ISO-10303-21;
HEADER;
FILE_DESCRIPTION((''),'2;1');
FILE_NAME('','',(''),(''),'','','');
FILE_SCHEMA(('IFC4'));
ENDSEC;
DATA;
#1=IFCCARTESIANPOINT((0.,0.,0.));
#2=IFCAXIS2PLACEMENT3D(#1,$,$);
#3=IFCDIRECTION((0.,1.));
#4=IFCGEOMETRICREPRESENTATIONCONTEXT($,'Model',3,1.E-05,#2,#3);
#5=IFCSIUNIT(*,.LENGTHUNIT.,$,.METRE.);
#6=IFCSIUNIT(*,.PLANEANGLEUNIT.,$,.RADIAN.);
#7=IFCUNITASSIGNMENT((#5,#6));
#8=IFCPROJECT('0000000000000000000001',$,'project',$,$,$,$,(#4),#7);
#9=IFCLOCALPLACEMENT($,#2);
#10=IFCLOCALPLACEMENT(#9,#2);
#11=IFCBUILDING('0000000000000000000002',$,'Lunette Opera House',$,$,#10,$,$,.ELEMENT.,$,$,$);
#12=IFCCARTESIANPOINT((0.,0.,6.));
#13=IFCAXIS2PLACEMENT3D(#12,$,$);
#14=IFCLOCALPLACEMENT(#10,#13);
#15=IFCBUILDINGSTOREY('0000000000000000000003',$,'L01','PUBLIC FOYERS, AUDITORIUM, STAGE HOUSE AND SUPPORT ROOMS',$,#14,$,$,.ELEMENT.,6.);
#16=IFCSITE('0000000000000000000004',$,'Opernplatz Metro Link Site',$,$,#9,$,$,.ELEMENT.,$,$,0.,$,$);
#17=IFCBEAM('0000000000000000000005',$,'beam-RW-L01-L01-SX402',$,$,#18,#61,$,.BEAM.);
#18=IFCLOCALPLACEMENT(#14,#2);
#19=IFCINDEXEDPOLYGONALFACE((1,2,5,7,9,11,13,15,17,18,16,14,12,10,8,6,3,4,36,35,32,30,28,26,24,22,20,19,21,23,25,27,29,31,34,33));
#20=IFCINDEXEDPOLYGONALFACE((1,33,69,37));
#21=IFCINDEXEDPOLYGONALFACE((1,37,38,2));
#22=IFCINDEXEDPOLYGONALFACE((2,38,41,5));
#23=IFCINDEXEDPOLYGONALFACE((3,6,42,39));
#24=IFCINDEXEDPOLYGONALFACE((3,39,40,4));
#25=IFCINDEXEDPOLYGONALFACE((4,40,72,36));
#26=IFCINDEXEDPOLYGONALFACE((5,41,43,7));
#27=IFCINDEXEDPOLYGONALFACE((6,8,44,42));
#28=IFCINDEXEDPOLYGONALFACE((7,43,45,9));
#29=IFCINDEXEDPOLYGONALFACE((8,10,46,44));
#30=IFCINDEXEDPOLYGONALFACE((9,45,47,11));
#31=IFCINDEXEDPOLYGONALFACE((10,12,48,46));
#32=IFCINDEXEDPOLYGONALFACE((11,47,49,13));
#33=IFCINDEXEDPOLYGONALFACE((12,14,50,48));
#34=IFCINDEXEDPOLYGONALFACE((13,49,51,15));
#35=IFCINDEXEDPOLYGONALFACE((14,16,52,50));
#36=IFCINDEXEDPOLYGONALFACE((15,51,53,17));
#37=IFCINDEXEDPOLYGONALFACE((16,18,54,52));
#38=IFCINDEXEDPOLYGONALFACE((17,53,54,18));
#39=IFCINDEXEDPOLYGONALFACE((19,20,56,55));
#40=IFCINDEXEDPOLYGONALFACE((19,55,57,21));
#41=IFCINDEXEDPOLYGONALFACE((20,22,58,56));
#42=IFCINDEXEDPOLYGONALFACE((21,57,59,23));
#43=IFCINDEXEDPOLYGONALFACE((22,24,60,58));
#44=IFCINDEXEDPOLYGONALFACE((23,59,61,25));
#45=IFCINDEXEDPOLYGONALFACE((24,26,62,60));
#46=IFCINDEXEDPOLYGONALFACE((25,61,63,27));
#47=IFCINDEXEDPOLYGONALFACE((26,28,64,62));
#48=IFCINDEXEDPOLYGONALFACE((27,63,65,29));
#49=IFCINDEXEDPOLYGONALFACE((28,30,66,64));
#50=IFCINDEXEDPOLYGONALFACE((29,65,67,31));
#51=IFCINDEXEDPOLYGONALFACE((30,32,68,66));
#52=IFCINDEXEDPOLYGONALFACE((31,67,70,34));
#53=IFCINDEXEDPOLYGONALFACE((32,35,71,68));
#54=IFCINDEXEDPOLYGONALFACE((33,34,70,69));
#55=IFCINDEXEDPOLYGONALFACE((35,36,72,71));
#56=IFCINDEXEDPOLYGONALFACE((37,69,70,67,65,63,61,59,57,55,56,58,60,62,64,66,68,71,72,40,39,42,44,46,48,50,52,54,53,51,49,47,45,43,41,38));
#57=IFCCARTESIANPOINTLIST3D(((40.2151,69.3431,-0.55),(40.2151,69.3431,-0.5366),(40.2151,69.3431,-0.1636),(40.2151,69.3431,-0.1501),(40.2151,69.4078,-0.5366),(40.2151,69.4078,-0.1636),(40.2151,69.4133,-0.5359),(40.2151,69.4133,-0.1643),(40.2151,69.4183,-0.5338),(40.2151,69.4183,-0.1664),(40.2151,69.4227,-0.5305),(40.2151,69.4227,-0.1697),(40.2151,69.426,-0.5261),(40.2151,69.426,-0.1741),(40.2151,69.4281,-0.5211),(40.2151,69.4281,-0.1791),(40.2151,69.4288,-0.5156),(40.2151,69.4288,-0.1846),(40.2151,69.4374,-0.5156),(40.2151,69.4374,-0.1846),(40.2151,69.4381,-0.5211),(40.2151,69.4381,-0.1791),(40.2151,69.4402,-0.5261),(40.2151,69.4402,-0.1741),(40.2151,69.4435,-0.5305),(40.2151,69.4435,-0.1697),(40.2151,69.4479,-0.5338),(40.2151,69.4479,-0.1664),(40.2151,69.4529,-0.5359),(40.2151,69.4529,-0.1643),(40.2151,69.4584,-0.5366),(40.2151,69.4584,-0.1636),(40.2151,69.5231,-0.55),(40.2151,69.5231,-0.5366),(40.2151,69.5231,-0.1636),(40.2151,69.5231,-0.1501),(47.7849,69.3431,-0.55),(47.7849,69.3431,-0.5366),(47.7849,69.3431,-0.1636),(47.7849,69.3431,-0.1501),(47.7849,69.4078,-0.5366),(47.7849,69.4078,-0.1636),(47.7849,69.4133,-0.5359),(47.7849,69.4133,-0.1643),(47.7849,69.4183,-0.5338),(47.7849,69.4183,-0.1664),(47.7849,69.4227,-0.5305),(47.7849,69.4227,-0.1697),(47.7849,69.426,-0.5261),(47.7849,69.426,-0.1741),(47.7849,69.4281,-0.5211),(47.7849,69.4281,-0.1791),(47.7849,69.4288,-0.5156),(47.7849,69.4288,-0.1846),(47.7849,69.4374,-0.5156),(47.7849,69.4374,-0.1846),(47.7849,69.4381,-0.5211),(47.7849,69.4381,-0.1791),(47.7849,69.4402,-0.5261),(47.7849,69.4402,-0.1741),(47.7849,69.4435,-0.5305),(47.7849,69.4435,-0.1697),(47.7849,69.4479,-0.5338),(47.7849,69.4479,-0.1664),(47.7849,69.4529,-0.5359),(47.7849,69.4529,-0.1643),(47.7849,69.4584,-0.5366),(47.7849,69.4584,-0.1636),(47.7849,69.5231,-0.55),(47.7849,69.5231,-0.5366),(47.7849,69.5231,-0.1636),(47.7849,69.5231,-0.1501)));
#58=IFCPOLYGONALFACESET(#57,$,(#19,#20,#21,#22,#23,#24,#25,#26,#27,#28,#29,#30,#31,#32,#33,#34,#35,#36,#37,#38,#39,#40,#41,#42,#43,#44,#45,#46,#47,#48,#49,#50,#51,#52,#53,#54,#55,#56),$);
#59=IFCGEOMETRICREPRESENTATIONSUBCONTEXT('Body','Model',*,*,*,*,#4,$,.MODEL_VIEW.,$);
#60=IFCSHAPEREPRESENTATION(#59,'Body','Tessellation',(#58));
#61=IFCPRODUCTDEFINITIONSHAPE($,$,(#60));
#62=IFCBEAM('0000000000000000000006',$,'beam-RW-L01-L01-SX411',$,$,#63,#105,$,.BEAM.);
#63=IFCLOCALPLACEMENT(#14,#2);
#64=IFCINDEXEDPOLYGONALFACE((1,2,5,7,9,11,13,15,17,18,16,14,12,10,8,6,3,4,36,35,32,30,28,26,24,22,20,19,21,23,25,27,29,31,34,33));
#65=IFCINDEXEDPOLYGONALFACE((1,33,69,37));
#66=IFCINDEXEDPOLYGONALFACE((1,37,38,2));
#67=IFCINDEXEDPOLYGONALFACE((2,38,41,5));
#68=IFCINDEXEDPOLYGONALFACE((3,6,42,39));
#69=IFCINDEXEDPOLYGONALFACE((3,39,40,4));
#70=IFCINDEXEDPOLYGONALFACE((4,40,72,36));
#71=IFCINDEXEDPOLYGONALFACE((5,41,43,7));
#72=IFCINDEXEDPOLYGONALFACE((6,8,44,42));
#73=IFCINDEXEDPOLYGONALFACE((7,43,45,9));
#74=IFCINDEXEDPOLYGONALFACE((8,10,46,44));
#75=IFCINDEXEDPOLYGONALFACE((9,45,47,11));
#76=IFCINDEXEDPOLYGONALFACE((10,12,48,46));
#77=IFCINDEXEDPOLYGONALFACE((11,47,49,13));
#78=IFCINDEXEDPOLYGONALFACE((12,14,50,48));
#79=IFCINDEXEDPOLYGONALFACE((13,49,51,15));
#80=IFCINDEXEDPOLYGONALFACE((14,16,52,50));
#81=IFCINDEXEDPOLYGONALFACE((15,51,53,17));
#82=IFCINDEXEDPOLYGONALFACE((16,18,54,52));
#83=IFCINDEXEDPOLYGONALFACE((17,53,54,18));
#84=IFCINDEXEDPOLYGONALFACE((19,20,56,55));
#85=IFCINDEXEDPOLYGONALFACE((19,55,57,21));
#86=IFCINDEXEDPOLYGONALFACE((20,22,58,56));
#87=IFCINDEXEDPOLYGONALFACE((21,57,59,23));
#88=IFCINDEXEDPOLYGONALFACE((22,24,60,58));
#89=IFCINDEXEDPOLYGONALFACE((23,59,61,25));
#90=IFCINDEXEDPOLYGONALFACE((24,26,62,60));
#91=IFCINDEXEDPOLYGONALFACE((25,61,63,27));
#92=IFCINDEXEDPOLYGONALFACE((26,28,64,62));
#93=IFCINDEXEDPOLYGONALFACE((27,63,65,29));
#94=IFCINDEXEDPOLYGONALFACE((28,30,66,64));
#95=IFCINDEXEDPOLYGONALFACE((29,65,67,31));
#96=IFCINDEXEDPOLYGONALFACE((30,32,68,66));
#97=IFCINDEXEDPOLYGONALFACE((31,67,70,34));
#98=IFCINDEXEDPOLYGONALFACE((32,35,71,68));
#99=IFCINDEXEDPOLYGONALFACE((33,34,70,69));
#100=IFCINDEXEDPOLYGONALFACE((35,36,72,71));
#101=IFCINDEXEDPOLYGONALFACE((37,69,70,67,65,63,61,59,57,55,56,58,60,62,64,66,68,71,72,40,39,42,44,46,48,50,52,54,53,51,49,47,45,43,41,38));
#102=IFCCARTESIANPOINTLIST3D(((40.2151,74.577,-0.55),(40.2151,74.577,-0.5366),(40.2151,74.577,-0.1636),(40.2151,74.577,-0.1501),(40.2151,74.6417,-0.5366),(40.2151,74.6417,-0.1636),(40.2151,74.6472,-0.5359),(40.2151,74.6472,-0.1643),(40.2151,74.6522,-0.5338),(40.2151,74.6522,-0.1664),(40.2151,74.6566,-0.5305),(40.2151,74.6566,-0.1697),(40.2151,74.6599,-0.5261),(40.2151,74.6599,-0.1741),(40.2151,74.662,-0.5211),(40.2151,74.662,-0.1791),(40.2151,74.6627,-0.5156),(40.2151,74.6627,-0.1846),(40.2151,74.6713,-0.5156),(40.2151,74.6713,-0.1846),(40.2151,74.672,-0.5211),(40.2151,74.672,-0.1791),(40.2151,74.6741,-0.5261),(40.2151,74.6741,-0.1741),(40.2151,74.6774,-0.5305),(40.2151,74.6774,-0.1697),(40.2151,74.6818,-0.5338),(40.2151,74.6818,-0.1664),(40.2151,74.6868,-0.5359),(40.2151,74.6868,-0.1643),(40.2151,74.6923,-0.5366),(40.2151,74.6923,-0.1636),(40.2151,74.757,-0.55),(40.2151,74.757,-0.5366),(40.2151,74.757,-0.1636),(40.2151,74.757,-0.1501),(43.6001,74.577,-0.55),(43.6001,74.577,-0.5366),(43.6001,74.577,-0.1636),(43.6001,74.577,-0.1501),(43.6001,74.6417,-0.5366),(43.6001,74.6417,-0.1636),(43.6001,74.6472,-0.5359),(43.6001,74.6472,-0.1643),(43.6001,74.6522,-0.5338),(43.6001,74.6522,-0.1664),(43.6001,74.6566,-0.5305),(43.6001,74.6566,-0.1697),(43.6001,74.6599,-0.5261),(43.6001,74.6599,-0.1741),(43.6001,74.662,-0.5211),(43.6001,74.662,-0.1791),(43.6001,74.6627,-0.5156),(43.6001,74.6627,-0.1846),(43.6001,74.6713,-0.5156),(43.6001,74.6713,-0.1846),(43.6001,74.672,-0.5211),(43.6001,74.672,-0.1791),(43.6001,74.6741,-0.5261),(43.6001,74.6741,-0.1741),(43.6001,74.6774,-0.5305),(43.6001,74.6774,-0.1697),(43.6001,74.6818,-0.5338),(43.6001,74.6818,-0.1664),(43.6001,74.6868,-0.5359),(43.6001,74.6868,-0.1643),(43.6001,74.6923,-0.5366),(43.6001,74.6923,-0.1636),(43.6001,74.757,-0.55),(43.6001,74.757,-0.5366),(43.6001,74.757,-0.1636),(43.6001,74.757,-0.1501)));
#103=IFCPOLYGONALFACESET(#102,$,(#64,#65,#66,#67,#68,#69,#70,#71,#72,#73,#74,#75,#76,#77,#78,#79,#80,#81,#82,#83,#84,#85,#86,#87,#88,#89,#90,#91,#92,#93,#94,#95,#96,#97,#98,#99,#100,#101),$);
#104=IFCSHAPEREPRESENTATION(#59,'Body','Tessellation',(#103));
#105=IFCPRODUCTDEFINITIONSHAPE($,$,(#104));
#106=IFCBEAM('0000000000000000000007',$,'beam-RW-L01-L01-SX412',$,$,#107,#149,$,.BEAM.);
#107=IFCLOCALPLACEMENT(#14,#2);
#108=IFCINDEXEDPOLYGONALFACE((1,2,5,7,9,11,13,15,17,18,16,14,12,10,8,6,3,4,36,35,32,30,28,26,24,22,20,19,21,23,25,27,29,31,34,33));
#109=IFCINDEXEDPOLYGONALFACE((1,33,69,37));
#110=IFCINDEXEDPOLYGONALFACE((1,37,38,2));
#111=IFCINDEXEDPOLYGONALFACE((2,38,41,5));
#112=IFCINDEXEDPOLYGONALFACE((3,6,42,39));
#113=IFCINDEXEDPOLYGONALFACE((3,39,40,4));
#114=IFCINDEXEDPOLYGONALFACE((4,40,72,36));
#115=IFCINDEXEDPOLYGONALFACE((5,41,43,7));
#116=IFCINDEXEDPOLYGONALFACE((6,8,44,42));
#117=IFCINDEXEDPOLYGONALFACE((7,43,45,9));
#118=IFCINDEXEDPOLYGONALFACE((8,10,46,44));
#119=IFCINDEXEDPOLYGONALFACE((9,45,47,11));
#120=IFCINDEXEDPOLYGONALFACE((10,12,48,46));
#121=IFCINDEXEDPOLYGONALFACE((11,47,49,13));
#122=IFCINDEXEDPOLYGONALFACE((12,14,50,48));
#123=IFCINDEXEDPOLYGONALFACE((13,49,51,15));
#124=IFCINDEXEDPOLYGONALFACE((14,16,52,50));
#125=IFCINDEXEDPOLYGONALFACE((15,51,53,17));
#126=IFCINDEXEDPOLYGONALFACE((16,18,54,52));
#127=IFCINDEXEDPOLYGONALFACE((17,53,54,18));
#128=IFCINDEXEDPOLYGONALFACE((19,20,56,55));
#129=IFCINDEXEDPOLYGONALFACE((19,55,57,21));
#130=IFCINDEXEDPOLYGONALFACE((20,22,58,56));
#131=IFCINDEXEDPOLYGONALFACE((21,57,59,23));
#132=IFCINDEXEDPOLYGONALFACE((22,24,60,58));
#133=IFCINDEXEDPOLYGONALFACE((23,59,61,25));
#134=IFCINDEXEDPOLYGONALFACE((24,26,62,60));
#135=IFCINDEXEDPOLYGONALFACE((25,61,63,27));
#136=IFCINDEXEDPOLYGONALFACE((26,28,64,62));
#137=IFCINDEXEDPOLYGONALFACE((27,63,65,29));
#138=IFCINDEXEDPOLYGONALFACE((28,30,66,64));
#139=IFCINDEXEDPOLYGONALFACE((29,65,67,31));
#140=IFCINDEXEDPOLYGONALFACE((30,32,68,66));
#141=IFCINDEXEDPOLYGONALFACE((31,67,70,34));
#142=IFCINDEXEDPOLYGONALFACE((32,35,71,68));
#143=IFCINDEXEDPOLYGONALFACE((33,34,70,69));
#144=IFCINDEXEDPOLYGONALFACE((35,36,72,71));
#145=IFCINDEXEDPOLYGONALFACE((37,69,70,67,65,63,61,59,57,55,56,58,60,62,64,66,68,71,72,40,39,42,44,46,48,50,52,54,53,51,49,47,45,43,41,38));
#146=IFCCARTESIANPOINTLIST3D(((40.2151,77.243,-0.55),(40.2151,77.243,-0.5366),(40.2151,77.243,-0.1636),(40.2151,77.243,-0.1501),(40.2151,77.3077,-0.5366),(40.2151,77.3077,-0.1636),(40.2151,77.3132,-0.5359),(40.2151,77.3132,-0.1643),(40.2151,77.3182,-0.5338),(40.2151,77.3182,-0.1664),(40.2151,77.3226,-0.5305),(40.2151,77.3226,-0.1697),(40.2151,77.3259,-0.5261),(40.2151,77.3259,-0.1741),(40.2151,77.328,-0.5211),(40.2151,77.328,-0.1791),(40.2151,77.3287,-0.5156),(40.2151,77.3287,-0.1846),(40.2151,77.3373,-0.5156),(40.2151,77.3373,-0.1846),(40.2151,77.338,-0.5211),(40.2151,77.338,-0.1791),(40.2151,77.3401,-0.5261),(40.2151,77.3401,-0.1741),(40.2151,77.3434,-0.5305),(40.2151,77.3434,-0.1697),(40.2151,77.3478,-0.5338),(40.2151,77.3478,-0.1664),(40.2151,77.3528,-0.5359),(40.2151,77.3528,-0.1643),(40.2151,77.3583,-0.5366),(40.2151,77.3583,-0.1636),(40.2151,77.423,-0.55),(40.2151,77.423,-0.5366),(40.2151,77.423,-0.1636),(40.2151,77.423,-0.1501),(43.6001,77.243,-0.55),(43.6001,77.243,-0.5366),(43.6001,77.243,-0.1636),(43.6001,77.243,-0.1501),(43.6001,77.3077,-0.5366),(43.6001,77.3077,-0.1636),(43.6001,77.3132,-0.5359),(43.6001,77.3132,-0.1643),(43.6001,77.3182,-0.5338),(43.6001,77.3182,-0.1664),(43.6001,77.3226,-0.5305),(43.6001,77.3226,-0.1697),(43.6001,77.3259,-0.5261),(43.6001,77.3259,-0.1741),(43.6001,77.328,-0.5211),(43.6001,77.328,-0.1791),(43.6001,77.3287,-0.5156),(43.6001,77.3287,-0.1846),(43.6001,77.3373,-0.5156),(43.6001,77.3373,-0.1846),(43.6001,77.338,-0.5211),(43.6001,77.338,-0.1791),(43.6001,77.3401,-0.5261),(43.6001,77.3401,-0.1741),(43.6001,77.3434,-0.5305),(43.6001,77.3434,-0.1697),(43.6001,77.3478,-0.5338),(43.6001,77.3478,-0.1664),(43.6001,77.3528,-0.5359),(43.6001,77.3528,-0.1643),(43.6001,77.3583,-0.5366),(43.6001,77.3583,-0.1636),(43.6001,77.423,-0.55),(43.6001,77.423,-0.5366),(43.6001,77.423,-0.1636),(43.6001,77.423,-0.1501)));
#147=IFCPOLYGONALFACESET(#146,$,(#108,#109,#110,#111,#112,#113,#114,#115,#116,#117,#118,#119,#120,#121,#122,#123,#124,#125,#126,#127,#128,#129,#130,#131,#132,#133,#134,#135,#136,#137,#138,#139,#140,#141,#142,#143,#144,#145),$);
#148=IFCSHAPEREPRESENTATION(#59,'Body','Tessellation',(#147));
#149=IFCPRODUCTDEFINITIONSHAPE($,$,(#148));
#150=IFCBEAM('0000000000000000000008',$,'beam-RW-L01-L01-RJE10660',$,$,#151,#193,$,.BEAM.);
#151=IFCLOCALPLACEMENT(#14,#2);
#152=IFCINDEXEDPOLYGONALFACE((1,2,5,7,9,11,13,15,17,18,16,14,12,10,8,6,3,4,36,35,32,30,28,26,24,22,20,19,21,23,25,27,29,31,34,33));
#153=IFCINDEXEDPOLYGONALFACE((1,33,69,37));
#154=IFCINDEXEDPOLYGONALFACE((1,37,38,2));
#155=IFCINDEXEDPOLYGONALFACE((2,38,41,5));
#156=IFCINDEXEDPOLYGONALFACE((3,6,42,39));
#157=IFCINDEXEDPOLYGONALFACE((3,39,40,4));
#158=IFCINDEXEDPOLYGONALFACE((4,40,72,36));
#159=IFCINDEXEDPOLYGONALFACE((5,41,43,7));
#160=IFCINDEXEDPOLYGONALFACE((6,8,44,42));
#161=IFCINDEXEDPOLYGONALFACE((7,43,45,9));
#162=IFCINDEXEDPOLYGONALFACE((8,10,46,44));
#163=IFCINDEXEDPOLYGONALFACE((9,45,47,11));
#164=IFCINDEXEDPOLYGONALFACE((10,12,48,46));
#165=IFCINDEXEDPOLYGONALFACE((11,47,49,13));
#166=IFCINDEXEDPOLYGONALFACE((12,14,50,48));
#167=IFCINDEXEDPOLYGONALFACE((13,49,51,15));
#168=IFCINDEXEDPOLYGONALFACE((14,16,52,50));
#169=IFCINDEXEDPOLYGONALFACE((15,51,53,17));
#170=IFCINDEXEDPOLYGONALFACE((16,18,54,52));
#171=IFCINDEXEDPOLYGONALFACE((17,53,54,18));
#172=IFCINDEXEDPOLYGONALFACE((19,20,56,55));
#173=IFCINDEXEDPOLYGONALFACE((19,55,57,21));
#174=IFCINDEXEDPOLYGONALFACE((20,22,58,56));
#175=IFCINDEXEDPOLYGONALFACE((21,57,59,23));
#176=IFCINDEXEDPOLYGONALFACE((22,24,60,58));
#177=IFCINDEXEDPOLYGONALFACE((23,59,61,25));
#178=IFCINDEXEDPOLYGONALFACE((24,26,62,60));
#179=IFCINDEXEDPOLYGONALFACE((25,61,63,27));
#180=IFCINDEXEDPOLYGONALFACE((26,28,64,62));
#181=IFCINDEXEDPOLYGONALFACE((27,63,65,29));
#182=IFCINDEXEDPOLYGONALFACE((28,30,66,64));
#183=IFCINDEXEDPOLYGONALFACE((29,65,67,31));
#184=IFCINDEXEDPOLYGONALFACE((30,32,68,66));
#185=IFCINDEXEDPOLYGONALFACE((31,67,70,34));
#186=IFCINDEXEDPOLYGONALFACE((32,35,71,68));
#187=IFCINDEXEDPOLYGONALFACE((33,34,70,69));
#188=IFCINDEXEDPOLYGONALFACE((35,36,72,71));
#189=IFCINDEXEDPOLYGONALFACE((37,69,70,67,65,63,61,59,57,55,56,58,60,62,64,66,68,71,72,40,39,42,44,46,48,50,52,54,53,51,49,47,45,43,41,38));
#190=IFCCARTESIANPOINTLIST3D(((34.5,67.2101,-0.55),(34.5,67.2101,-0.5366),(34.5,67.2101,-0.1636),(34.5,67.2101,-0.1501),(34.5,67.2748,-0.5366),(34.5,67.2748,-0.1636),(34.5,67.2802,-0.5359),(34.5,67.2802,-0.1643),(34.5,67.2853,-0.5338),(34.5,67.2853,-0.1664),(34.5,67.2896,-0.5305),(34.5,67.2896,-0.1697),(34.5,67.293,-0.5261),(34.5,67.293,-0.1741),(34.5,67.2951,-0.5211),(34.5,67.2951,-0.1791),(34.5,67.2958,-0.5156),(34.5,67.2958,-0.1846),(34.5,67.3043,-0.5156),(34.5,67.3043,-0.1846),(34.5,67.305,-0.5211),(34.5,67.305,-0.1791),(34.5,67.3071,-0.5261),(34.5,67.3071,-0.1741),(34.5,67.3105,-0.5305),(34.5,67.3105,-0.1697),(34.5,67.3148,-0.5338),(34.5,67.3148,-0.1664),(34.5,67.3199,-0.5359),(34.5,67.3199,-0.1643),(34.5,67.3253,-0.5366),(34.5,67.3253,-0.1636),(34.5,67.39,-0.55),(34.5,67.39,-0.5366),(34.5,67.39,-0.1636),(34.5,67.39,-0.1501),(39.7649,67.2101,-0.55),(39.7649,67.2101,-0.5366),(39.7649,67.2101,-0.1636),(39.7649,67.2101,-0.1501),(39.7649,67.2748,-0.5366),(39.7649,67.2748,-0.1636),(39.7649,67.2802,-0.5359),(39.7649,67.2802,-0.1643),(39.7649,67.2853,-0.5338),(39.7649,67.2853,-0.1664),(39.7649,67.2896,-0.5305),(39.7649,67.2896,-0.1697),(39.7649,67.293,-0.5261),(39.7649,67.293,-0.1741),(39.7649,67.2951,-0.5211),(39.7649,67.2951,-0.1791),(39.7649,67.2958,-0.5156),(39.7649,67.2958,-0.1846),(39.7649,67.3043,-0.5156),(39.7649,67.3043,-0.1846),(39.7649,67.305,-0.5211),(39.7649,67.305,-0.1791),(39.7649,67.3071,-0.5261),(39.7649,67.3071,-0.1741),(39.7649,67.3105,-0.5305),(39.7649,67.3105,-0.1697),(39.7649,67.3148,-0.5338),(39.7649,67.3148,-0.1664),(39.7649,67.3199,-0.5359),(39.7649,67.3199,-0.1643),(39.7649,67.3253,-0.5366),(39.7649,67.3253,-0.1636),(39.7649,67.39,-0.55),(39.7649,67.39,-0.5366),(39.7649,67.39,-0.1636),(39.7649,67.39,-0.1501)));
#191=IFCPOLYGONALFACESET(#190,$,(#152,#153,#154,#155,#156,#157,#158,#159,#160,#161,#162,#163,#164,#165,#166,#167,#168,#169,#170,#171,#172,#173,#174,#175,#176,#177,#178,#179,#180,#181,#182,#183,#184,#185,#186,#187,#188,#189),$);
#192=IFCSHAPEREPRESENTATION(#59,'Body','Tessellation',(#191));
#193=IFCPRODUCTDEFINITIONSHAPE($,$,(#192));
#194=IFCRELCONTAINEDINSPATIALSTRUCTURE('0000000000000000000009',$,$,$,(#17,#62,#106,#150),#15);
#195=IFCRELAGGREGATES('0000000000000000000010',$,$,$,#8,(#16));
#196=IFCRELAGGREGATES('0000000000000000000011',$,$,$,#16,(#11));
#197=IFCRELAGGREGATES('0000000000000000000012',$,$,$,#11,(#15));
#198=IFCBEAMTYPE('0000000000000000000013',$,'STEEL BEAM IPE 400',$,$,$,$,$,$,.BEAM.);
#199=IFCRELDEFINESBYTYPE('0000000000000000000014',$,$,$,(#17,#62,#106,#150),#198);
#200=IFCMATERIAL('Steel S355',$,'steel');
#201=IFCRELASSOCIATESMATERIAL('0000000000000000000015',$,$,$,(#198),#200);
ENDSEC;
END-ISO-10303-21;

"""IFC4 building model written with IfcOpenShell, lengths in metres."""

from ifc_helpers import new_model, si_unit, direction, frame, origin, origin_2d, place, context, subcontext, project, spatial, i_section, extrude, material, material_profile, profile_set, type_object, element, save


model = new_model("IFC4")

# Units and contexts
model_context = context("Model", 3, precision=1e-05, world=origin(), true_north=direction((0.0, 1.0)))
body_context = subcontext(model_context, "Body", "Model", "MODEL_VIEW")
ifc_project = project(units=[si_unit("LENGTHUNIT", "METRE"), si_unit("PLANEANGLEUNIT", "RADIAN")], contexts=[model_context])

# Site, building, storey
site_placement = place(None, origin())
site = spatial("IfcSite", under=ifc_project, at=site_placement, Name="Opernplatz Metro Link Site", CompositionType="ELEMENT", RefElevation=0.0)
building_placement = place(site_placement, origin())
building = spatial("IfcBuilding", under=site, at=building_placement, Name="Lunette Opera House", CompositionType="ELEMENT")
storey_placement = place(building_placement, frame((0.0, 0.0, 6.0)))
storey = spatial("IfcBuildingStorey", under=building, at=storey_placement, Name="L01", Description="PUBLIC FOYERS, AUDITORIUM, STAGE HOUSE AND SUPPORT ROOMS", CompositionType="ELEMENT", Elevation=6.0)

# Beams
ifc_material_1 = material(Name="Steel S355", Category="steel")
ifc_material_profile_1 = material_profile(ifc_material_1, i_section(OverallWidth=0.1799, OverallDepth=0.3999, WebThickness=0.0085, FlangeThickness=0.0134, FilletRadius=0.021, at=origin_2d()), Name="IPE 400")
ifc_profile_set_1 = profile_set([ifc_material_profile_1], Name="Steel S355")
beam_type_1 = type_object("IfcBeamType", Name="STEEL BEAM IPE 400", PredefinedType="BEAM", material=ifc_profile_set_1)
for number, where, z_axis, x_axis, name in (
    (1, (40.2151, 69.4331, -0.3501), (1.0, 0.0, 0.0), (0.0, 1.0, 0.0), "beam-RW-L01-L01-SX402"),
):
    element("IfcBeam", number, at=place(storey_placement, frame(where, z_axis=z_axis, x_axis=x_axis)), inside=storey, type_object=beam_type_1, Name=name, PredefinedType="BEAM", context=body_context, shape_type="SweptSolid", body=[
        extrude(i_section(OverallWidth=0.1799, OverallDepth=0.3999, WebThickness=0.0085, FlangeThickness=0.0134, FilletRadius=0.021, at=origin_2d()), origin(), (0.0, 0.0, 1.0), 7.5698),
    ])
for number, where, z_axis, x_axis, name in (
    (2, (40.2151, 74.667, -0.3501), (1.0, 0.0, 0.0), (0.0, 1.0, 0.0), "beam-RW-L01-L01-SX411"),
    (3, (40.2151, 77.333, -0.3501), (1.0, 0.0, 0.0), (0.0, 1.0, 0.0), "beam-RW-L01-L01-SX412"),
):
    element("IfcBeam", number, at=place(storey_placement, frame(where, z_axis=z_axis, x_axis=x_axis)), inside=storey, type_object=beam_type_1, Name=name, PredefinedType="BEAM", context=body_context, shape_type="SweptSolid", body=[
        extrude(i_section(OverallWidth=0.1799, OverallDepth=0.3999, WebThickness=0.0085, FlangeThickness=0.0134, FilletRadius=0.021, at=origin_2d()), origin(), (0.0, 0.0, 1.0), 3.385),
    ])
for number, where, z_axis, x_axis, name in (
    (4, (34.5, 67.3, -0.3501), (1.0, 0.0, 0.0), (0.0, 1.0, 0.0), "beam-RW-L01-L01-RJE10660"),
):
    element("IfcBeam", number, at=place(storey_placement, frame(where, z_axis=z_axis, x_axis=x_axis)), inside=storey, type_object=beam_type_1, Name=name, PredefinedType="BEAM", context=body_context, shape_type="SweptSolid", body=[
        extrude(i_section(OverallWidth=0.1799, OverallDepth=0.3999, WebThickness=0.0085, FlangeThickness=0.0134, FilletRadius=0.021, at=origin_2d()), origin(), (0.0, 0.0, 1.0), 5.2649),
    ])

save(model, "model.ifc")
